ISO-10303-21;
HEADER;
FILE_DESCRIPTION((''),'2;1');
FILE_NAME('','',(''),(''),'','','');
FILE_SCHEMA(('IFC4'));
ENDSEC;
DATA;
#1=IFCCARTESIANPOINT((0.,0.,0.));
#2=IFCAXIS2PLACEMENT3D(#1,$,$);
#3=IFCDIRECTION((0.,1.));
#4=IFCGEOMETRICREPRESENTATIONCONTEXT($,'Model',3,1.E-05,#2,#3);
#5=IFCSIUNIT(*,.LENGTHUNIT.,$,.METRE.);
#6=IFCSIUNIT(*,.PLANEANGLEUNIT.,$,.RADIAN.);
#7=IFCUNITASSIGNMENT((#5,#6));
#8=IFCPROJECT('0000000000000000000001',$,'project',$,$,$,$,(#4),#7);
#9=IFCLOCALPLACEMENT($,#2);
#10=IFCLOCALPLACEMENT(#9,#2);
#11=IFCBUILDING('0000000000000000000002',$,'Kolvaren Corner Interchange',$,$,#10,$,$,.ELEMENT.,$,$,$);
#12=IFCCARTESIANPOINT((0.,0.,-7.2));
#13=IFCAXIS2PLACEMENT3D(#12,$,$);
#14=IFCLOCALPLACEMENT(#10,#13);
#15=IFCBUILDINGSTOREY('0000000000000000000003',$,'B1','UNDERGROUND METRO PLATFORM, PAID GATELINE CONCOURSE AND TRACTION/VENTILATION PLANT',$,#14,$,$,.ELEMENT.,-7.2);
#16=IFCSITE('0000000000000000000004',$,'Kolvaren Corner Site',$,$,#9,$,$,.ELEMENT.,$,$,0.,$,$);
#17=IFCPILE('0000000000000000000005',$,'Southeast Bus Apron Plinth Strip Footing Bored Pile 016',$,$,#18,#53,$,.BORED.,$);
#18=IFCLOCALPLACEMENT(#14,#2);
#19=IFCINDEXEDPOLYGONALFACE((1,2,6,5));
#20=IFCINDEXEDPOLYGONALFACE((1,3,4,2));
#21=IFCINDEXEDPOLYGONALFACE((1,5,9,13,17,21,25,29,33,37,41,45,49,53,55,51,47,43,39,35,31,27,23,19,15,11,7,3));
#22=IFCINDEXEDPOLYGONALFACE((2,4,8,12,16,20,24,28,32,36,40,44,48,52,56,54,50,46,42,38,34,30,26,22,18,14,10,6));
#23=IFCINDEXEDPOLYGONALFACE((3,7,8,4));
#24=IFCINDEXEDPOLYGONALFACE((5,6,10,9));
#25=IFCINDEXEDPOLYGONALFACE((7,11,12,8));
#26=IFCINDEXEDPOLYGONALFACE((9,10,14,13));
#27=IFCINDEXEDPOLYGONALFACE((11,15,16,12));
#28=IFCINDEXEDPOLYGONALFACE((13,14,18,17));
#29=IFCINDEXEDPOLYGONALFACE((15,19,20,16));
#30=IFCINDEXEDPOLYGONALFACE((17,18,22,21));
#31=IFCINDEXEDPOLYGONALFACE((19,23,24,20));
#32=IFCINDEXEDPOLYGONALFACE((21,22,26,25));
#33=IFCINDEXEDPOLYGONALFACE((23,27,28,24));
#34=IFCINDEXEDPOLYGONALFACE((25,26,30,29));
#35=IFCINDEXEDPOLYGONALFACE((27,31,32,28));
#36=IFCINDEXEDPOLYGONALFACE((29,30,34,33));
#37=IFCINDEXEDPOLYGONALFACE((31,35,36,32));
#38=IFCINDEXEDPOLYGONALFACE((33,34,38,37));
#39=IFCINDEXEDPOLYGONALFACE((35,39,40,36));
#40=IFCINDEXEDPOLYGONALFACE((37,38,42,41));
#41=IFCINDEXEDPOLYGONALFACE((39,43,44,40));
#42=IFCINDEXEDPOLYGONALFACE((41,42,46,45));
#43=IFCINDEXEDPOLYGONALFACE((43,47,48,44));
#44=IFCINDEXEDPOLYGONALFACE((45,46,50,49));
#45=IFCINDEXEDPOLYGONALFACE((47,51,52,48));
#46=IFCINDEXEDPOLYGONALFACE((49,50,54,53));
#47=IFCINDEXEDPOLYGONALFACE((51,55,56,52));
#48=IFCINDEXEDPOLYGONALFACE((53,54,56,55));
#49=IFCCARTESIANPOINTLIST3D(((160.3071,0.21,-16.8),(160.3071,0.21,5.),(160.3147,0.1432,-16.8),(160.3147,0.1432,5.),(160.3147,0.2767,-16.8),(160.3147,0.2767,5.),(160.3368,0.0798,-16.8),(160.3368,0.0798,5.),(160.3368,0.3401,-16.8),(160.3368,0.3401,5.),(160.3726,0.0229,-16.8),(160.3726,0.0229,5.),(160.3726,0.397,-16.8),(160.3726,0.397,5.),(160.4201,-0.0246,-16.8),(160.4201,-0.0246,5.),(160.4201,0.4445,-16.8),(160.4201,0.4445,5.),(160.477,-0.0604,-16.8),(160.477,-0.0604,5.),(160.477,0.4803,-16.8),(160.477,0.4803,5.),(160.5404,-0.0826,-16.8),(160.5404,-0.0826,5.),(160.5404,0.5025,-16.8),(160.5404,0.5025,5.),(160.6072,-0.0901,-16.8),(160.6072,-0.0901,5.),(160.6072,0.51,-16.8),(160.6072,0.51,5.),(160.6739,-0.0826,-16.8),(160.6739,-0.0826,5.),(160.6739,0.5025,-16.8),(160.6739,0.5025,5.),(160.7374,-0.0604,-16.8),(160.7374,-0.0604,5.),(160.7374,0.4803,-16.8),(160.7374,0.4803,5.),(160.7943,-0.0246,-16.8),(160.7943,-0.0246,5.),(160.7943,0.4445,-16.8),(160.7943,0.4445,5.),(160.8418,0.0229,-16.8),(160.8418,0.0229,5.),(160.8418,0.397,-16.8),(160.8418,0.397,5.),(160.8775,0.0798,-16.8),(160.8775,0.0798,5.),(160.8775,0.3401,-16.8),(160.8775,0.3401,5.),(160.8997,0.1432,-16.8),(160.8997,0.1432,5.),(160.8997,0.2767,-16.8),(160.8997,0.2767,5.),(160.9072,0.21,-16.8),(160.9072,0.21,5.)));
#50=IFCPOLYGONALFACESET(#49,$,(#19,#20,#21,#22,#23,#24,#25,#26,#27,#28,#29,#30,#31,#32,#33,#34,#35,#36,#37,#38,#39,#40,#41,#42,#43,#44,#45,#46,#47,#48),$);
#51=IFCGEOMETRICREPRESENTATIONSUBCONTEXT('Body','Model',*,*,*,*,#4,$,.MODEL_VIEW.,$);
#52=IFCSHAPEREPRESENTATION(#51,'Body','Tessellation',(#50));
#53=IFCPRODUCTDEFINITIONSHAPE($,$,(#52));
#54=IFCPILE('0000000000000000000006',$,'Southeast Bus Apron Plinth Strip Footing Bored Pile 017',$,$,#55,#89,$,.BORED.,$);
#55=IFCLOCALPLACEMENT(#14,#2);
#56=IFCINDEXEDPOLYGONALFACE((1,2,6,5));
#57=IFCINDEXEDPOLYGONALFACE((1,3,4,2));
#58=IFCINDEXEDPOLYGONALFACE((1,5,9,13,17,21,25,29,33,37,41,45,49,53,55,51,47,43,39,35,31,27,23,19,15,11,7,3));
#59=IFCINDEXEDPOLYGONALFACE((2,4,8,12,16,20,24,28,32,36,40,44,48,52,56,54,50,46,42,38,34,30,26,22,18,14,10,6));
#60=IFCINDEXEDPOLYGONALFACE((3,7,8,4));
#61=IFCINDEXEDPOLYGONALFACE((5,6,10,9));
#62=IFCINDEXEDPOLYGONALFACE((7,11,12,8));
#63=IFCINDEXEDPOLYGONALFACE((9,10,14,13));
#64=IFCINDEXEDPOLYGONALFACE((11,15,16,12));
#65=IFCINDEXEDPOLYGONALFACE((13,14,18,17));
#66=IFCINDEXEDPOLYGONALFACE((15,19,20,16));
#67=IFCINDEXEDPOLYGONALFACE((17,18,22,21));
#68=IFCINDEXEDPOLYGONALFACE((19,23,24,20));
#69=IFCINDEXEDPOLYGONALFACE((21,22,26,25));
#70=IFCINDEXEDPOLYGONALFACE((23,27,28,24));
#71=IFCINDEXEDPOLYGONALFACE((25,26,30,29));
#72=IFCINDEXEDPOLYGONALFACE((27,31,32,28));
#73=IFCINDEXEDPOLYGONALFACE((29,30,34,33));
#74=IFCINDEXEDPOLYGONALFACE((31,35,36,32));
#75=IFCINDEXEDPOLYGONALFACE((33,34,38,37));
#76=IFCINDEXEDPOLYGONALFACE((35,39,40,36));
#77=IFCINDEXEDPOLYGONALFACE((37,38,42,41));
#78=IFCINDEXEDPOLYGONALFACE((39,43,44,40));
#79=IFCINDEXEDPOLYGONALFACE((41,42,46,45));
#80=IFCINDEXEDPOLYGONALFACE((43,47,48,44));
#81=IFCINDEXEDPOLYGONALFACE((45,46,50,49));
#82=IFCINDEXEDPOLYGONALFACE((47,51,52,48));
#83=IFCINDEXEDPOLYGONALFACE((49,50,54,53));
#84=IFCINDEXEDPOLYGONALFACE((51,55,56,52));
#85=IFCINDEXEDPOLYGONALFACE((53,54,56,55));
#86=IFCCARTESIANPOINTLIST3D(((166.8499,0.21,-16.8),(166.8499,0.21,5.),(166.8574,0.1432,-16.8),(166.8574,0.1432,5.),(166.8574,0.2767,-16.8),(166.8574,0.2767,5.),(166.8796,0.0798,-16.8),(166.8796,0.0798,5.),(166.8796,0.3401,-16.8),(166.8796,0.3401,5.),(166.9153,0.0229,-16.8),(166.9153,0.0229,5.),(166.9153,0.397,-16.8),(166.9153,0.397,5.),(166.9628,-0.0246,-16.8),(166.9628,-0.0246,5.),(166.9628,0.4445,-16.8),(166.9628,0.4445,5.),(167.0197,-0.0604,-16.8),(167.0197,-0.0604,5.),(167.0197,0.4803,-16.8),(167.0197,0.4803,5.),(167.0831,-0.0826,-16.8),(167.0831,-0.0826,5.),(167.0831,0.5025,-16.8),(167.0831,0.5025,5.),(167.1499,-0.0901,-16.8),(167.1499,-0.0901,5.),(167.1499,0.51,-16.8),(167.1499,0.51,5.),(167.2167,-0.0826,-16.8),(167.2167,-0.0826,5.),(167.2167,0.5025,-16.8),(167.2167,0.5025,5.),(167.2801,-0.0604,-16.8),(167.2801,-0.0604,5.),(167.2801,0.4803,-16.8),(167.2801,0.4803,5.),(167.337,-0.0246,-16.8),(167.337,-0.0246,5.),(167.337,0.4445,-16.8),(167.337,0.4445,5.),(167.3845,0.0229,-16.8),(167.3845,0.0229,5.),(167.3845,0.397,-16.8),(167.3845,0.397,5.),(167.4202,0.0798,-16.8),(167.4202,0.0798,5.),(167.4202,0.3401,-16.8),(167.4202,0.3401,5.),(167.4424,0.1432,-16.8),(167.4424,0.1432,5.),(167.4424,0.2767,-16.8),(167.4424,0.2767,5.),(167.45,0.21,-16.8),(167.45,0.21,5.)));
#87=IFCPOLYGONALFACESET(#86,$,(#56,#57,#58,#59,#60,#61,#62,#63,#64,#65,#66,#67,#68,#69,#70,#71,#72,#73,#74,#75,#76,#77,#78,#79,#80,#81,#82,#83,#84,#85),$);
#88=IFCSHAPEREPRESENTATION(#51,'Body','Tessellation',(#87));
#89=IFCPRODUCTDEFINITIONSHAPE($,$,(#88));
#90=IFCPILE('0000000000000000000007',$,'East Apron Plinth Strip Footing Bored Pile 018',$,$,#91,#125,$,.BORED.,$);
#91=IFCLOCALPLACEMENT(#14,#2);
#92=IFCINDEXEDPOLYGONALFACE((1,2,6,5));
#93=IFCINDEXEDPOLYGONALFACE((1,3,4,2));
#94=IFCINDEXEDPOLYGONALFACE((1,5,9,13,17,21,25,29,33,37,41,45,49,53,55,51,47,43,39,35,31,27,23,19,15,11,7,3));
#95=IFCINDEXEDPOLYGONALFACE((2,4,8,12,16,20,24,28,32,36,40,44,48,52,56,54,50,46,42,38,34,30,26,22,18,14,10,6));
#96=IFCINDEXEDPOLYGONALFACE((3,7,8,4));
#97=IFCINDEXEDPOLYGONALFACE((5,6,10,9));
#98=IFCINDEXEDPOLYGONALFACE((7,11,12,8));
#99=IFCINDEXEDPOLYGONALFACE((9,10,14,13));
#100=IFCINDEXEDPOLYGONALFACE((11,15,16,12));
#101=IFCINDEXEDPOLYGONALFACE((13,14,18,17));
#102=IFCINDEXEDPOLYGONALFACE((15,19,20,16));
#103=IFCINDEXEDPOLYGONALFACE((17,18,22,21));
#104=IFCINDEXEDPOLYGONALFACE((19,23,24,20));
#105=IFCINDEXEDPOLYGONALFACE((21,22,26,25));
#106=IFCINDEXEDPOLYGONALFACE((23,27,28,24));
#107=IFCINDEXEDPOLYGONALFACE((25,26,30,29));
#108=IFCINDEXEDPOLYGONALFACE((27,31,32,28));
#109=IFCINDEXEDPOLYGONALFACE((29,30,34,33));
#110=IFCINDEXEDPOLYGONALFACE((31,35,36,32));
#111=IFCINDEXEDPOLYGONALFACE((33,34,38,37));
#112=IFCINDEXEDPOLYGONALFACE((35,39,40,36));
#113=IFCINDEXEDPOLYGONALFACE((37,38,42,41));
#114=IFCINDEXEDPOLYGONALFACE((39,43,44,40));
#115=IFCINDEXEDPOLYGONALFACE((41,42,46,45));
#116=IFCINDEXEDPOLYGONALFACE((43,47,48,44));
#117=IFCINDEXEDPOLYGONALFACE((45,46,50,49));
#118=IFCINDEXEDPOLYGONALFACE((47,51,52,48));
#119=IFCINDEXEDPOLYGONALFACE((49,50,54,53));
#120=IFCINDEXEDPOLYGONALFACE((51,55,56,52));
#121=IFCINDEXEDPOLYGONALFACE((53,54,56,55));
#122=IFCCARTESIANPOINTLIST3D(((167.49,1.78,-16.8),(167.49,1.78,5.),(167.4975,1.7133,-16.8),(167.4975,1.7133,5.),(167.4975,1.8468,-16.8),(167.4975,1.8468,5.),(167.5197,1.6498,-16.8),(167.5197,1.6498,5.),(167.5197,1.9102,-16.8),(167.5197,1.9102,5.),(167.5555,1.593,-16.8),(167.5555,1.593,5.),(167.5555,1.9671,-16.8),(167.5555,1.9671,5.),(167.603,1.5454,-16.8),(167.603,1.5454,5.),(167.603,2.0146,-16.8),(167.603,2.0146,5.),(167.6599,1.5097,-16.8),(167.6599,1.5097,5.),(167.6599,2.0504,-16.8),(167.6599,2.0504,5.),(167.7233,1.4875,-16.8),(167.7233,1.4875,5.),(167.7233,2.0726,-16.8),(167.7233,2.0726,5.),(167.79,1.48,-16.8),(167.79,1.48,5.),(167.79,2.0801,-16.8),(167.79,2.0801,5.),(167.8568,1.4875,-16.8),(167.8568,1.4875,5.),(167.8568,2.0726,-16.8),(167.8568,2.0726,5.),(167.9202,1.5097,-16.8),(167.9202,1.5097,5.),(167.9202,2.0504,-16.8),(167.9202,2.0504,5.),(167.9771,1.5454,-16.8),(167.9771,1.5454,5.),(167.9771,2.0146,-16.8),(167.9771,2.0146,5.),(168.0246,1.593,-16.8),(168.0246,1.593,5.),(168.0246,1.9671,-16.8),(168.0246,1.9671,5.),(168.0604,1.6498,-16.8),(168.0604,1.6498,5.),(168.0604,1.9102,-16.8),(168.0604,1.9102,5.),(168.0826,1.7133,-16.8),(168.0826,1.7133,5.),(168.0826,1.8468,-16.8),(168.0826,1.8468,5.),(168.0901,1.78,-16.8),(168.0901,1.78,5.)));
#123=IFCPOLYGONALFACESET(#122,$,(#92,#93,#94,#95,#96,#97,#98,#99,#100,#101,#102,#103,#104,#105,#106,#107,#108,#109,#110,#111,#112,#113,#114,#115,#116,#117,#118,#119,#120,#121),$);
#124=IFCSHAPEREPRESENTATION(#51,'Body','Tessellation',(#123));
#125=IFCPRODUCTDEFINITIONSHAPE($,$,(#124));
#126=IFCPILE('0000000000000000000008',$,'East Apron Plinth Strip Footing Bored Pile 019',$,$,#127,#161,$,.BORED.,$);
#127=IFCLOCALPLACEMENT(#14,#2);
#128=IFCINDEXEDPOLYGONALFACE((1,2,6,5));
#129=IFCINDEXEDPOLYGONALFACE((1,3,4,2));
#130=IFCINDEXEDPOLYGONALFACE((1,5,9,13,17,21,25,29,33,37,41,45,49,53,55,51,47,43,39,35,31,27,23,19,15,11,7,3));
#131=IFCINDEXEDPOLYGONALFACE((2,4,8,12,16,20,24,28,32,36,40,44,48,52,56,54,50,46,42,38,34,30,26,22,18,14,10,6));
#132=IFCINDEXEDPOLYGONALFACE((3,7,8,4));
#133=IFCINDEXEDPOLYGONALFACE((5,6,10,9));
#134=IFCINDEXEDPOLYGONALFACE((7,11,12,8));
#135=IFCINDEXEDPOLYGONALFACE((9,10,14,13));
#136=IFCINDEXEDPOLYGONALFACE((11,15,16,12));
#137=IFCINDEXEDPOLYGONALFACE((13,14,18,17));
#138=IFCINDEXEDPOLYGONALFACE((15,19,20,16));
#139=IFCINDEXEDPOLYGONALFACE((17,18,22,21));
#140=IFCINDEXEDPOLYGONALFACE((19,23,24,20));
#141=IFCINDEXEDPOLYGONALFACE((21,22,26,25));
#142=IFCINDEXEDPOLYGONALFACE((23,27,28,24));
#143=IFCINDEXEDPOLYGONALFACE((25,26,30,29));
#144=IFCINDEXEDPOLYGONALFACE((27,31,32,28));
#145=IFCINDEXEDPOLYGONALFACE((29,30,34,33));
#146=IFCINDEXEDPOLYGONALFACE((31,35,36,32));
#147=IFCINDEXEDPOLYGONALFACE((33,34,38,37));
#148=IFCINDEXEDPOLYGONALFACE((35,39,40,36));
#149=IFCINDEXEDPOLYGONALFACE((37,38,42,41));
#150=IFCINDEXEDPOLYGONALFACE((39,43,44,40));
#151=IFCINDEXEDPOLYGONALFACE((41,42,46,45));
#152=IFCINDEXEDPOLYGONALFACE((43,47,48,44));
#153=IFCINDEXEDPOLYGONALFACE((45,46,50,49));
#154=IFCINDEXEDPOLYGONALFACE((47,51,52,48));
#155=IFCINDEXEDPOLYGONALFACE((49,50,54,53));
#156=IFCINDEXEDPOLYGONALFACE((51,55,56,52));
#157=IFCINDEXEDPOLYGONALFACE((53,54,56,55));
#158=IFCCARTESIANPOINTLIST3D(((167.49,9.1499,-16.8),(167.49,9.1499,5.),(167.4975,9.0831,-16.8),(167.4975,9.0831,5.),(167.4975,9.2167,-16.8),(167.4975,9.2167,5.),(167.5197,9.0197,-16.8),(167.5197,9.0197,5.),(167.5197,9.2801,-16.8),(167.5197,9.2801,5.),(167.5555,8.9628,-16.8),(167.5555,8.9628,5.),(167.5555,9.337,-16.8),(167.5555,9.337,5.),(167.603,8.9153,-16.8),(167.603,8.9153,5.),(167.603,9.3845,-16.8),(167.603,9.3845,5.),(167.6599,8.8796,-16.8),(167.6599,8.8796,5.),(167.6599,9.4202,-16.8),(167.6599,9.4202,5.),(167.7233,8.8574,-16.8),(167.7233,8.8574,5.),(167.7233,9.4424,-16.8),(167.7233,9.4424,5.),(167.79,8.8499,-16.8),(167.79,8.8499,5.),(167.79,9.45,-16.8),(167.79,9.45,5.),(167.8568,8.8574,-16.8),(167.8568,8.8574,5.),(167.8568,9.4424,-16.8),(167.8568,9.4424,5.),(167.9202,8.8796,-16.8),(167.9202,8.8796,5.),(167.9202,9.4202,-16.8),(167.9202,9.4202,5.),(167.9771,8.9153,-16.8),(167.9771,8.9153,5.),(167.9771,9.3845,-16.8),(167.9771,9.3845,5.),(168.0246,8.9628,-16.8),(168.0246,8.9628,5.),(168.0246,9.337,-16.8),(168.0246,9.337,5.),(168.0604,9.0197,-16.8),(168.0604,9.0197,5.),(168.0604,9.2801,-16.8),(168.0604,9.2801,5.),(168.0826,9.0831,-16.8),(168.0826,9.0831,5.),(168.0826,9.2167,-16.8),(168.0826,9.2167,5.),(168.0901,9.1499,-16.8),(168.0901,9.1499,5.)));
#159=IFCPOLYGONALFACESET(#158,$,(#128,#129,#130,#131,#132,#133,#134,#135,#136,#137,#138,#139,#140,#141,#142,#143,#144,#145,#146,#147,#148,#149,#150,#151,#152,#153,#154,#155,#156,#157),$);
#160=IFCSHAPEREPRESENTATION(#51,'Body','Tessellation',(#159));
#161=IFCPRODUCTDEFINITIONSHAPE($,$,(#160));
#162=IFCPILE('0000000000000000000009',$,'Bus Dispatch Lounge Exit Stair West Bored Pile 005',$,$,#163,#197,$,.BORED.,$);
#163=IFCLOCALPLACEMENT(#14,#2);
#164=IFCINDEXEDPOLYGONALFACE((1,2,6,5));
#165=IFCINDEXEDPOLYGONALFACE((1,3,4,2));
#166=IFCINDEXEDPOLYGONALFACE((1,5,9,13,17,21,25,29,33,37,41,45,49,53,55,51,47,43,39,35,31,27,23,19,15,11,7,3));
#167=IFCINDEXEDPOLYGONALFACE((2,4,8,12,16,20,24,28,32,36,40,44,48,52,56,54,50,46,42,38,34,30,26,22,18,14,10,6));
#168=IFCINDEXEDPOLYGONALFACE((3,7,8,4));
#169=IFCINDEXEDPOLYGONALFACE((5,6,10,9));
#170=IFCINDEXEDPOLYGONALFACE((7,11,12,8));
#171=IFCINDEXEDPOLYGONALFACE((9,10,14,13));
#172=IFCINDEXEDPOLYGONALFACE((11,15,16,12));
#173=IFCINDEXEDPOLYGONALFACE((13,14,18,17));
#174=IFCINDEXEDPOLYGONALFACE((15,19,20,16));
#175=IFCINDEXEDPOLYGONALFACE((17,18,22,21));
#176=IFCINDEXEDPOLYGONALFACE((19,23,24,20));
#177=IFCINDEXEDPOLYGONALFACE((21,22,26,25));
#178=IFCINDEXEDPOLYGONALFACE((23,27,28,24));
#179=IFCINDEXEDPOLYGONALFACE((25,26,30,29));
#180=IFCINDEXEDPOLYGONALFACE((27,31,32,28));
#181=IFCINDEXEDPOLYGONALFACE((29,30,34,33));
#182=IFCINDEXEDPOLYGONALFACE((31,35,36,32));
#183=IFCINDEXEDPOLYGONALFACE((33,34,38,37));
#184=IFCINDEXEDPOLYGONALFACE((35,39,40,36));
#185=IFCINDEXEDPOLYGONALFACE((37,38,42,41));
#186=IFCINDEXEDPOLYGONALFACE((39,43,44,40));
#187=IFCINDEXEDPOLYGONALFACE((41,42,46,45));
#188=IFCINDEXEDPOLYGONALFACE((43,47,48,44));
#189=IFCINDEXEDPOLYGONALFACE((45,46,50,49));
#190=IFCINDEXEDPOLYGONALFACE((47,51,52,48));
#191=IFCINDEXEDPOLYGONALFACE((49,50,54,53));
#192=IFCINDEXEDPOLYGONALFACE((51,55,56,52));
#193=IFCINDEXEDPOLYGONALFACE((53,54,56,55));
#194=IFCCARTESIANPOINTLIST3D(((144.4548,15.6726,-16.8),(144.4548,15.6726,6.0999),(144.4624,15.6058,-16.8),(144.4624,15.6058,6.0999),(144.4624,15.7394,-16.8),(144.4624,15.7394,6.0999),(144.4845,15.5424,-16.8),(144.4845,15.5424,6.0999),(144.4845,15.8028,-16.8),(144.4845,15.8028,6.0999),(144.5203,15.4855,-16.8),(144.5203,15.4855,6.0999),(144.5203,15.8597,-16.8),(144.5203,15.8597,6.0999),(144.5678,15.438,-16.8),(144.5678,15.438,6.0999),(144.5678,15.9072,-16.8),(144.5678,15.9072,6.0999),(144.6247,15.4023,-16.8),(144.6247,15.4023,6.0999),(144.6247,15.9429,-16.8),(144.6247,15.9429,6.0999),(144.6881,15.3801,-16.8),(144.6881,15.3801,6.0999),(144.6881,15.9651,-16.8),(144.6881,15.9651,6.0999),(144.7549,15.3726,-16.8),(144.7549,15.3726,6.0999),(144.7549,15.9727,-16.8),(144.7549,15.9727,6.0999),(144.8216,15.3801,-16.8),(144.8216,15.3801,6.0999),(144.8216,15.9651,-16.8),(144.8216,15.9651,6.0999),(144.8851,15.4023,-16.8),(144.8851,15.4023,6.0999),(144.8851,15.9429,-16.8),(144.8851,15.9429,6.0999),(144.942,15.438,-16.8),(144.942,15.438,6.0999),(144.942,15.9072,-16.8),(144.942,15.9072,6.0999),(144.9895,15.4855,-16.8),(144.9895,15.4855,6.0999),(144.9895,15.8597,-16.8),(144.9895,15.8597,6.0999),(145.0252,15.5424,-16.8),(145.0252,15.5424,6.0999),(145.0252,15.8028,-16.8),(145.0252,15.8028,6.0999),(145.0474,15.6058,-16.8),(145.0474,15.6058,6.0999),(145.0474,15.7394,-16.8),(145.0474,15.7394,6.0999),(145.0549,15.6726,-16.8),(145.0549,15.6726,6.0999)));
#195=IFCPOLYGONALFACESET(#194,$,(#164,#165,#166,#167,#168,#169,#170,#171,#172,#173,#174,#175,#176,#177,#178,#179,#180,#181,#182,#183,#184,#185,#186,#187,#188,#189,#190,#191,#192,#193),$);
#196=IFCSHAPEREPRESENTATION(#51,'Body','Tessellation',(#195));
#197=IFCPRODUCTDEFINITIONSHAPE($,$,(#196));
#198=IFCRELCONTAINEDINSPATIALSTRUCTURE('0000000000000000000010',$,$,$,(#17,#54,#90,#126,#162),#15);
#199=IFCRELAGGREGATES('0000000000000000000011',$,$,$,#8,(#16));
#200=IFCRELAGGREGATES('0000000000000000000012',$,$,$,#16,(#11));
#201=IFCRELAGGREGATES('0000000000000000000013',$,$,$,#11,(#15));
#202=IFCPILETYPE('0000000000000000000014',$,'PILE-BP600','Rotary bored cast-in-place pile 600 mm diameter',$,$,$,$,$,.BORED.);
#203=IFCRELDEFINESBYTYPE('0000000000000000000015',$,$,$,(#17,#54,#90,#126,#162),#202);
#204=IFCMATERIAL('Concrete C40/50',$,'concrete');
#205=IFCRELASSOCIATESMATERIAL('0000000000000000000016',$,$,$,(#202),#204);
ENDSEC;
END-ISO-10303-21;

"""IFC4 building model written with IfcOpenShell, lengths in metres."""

from ifc_helpers import new_model, si_unit, direction, frame, origin, origin_2d, place, context, subcontext, project, spatial, circle, extrude, material, material_profile, profile_set, type_object, element, save


model = new_model("IFC4")

# Units and contexts
model_context = context("Model", 3, precision=1e-05, world=origin(), true_north=direction((0.0, 1.0)))
body_context = subcontext(model_context, "Body", "Model", "MODEL_VIEW")
ifc_project = project(units=[si_unit("LENGTHUNIT", "METRE"), si_unit("PLANEANGLEUNIT", "RADIAN")], contexts=[model_context])

# Site, building, storey
site_placement = place(None, origin())
site = spatial("IfcSite", under=ifc_project, at=site_placement, Name="Kolvaren Corner Site", CompositionType="ELEMENT", RefElevation=0.0)
building_placement = place(site_placement, origin())
building = spatial("IfcBuilding", under=site, at=building_placement, Name="Kolvaren Corner Interchange", CompositionType="ELEMENT")
storey_placement = place(building_placement, frame((0.0, 0.0, -7.2)))
storey = spatial("IfcBuildingStorey", under=building, at=storey_placement, Name="B1", Description="UNDERGROUND METRO PLATFORM, PAID GATELINE CONCOURSE AND TRACTION/VENTILATION PLANT", CompositionType="ELEMENT", Elevation=-7.2)

# Piles
ifc_material_1 = material(Name="Concrete C40/50", Category="concrete")
ifc_material_profile_1 = material_profile(ifc_material_1, circle(Radius=0.3, at=origin_2d()), Name="BORED PILE 600")
ifc_profile_set_1 = profile_set([ifc_material_profile_1], Name="Concrete C40/50")
pile_type_1 = type_object("IfcPileType", Name="PILE-BP600", Description="Rotary bored cast-in-place pile 600 mm diameter", PredefinedType="BORED", material=ifc_profile_set_1)
for number, where, z_axis, x_axis, name in (
    (1, (160.6072, 0.21, 5.0), (0.0, 0.0, -1.0), (1.0, 0.0, 0.0), "Southeast Bus Apron Plinth Strip Footing Bored Pile 016"),
    (2, (167.1499, 0.21, 5.0), (0.0, 0.0, -1.0), (1.0, 0.0, 0.0), "Southeast Bus Apron Plinth Strip Footing Bored Pile 017"),
    (3, (167.79, 1.78, 5.0), (0.0, 0.0, -1.0), (1.0, 0.0, 0.0), "East Apron Plinth Strip Footing Bored Pile 018"),
    (4, (167.79, 9.1499, 5.0), (0.0, 0.0, -1.0), (1.0, 0.0, 0.0), "East Apron Plinth Strip Footing Bored Pile 019"),
):
    element("IfcPile", number, at=place(storey_placement, frame(where, z_axis=z_axis, x_axis=x_axis)), inside=storey, type_object=pile_type_1, Name=name, PredefinedType="BORED", context=body_context, shape_type="SweptSolid", body=[
        extrude(circle(Radius=0.3, at=origin_2d()), origin(), (0.0, 0.0, 1.0), 21.8),
    ])
pile_placement = place(storey_placement, frame((144.7549, 15.6726, 6.0999), z_axis=(0.0, 0.0, -1.0), x_axis=(1.0, 0.0, 0.0)))
element("IfcPile", 5, at=pile_placement, inside=storey, type_object=pile_type_1, Name="Bus Dispatch Lounge Exit Stair West Bored Pile 005", PredefinedType="BORED", context=body_context, shape_type="SweptSolid", body=[
    extrude(circle(Radius=0.3, at=origin_2d()), origin(), (0.0, 0.0, 1.0), 22.8999),
])

save(model, "model.ifc")
